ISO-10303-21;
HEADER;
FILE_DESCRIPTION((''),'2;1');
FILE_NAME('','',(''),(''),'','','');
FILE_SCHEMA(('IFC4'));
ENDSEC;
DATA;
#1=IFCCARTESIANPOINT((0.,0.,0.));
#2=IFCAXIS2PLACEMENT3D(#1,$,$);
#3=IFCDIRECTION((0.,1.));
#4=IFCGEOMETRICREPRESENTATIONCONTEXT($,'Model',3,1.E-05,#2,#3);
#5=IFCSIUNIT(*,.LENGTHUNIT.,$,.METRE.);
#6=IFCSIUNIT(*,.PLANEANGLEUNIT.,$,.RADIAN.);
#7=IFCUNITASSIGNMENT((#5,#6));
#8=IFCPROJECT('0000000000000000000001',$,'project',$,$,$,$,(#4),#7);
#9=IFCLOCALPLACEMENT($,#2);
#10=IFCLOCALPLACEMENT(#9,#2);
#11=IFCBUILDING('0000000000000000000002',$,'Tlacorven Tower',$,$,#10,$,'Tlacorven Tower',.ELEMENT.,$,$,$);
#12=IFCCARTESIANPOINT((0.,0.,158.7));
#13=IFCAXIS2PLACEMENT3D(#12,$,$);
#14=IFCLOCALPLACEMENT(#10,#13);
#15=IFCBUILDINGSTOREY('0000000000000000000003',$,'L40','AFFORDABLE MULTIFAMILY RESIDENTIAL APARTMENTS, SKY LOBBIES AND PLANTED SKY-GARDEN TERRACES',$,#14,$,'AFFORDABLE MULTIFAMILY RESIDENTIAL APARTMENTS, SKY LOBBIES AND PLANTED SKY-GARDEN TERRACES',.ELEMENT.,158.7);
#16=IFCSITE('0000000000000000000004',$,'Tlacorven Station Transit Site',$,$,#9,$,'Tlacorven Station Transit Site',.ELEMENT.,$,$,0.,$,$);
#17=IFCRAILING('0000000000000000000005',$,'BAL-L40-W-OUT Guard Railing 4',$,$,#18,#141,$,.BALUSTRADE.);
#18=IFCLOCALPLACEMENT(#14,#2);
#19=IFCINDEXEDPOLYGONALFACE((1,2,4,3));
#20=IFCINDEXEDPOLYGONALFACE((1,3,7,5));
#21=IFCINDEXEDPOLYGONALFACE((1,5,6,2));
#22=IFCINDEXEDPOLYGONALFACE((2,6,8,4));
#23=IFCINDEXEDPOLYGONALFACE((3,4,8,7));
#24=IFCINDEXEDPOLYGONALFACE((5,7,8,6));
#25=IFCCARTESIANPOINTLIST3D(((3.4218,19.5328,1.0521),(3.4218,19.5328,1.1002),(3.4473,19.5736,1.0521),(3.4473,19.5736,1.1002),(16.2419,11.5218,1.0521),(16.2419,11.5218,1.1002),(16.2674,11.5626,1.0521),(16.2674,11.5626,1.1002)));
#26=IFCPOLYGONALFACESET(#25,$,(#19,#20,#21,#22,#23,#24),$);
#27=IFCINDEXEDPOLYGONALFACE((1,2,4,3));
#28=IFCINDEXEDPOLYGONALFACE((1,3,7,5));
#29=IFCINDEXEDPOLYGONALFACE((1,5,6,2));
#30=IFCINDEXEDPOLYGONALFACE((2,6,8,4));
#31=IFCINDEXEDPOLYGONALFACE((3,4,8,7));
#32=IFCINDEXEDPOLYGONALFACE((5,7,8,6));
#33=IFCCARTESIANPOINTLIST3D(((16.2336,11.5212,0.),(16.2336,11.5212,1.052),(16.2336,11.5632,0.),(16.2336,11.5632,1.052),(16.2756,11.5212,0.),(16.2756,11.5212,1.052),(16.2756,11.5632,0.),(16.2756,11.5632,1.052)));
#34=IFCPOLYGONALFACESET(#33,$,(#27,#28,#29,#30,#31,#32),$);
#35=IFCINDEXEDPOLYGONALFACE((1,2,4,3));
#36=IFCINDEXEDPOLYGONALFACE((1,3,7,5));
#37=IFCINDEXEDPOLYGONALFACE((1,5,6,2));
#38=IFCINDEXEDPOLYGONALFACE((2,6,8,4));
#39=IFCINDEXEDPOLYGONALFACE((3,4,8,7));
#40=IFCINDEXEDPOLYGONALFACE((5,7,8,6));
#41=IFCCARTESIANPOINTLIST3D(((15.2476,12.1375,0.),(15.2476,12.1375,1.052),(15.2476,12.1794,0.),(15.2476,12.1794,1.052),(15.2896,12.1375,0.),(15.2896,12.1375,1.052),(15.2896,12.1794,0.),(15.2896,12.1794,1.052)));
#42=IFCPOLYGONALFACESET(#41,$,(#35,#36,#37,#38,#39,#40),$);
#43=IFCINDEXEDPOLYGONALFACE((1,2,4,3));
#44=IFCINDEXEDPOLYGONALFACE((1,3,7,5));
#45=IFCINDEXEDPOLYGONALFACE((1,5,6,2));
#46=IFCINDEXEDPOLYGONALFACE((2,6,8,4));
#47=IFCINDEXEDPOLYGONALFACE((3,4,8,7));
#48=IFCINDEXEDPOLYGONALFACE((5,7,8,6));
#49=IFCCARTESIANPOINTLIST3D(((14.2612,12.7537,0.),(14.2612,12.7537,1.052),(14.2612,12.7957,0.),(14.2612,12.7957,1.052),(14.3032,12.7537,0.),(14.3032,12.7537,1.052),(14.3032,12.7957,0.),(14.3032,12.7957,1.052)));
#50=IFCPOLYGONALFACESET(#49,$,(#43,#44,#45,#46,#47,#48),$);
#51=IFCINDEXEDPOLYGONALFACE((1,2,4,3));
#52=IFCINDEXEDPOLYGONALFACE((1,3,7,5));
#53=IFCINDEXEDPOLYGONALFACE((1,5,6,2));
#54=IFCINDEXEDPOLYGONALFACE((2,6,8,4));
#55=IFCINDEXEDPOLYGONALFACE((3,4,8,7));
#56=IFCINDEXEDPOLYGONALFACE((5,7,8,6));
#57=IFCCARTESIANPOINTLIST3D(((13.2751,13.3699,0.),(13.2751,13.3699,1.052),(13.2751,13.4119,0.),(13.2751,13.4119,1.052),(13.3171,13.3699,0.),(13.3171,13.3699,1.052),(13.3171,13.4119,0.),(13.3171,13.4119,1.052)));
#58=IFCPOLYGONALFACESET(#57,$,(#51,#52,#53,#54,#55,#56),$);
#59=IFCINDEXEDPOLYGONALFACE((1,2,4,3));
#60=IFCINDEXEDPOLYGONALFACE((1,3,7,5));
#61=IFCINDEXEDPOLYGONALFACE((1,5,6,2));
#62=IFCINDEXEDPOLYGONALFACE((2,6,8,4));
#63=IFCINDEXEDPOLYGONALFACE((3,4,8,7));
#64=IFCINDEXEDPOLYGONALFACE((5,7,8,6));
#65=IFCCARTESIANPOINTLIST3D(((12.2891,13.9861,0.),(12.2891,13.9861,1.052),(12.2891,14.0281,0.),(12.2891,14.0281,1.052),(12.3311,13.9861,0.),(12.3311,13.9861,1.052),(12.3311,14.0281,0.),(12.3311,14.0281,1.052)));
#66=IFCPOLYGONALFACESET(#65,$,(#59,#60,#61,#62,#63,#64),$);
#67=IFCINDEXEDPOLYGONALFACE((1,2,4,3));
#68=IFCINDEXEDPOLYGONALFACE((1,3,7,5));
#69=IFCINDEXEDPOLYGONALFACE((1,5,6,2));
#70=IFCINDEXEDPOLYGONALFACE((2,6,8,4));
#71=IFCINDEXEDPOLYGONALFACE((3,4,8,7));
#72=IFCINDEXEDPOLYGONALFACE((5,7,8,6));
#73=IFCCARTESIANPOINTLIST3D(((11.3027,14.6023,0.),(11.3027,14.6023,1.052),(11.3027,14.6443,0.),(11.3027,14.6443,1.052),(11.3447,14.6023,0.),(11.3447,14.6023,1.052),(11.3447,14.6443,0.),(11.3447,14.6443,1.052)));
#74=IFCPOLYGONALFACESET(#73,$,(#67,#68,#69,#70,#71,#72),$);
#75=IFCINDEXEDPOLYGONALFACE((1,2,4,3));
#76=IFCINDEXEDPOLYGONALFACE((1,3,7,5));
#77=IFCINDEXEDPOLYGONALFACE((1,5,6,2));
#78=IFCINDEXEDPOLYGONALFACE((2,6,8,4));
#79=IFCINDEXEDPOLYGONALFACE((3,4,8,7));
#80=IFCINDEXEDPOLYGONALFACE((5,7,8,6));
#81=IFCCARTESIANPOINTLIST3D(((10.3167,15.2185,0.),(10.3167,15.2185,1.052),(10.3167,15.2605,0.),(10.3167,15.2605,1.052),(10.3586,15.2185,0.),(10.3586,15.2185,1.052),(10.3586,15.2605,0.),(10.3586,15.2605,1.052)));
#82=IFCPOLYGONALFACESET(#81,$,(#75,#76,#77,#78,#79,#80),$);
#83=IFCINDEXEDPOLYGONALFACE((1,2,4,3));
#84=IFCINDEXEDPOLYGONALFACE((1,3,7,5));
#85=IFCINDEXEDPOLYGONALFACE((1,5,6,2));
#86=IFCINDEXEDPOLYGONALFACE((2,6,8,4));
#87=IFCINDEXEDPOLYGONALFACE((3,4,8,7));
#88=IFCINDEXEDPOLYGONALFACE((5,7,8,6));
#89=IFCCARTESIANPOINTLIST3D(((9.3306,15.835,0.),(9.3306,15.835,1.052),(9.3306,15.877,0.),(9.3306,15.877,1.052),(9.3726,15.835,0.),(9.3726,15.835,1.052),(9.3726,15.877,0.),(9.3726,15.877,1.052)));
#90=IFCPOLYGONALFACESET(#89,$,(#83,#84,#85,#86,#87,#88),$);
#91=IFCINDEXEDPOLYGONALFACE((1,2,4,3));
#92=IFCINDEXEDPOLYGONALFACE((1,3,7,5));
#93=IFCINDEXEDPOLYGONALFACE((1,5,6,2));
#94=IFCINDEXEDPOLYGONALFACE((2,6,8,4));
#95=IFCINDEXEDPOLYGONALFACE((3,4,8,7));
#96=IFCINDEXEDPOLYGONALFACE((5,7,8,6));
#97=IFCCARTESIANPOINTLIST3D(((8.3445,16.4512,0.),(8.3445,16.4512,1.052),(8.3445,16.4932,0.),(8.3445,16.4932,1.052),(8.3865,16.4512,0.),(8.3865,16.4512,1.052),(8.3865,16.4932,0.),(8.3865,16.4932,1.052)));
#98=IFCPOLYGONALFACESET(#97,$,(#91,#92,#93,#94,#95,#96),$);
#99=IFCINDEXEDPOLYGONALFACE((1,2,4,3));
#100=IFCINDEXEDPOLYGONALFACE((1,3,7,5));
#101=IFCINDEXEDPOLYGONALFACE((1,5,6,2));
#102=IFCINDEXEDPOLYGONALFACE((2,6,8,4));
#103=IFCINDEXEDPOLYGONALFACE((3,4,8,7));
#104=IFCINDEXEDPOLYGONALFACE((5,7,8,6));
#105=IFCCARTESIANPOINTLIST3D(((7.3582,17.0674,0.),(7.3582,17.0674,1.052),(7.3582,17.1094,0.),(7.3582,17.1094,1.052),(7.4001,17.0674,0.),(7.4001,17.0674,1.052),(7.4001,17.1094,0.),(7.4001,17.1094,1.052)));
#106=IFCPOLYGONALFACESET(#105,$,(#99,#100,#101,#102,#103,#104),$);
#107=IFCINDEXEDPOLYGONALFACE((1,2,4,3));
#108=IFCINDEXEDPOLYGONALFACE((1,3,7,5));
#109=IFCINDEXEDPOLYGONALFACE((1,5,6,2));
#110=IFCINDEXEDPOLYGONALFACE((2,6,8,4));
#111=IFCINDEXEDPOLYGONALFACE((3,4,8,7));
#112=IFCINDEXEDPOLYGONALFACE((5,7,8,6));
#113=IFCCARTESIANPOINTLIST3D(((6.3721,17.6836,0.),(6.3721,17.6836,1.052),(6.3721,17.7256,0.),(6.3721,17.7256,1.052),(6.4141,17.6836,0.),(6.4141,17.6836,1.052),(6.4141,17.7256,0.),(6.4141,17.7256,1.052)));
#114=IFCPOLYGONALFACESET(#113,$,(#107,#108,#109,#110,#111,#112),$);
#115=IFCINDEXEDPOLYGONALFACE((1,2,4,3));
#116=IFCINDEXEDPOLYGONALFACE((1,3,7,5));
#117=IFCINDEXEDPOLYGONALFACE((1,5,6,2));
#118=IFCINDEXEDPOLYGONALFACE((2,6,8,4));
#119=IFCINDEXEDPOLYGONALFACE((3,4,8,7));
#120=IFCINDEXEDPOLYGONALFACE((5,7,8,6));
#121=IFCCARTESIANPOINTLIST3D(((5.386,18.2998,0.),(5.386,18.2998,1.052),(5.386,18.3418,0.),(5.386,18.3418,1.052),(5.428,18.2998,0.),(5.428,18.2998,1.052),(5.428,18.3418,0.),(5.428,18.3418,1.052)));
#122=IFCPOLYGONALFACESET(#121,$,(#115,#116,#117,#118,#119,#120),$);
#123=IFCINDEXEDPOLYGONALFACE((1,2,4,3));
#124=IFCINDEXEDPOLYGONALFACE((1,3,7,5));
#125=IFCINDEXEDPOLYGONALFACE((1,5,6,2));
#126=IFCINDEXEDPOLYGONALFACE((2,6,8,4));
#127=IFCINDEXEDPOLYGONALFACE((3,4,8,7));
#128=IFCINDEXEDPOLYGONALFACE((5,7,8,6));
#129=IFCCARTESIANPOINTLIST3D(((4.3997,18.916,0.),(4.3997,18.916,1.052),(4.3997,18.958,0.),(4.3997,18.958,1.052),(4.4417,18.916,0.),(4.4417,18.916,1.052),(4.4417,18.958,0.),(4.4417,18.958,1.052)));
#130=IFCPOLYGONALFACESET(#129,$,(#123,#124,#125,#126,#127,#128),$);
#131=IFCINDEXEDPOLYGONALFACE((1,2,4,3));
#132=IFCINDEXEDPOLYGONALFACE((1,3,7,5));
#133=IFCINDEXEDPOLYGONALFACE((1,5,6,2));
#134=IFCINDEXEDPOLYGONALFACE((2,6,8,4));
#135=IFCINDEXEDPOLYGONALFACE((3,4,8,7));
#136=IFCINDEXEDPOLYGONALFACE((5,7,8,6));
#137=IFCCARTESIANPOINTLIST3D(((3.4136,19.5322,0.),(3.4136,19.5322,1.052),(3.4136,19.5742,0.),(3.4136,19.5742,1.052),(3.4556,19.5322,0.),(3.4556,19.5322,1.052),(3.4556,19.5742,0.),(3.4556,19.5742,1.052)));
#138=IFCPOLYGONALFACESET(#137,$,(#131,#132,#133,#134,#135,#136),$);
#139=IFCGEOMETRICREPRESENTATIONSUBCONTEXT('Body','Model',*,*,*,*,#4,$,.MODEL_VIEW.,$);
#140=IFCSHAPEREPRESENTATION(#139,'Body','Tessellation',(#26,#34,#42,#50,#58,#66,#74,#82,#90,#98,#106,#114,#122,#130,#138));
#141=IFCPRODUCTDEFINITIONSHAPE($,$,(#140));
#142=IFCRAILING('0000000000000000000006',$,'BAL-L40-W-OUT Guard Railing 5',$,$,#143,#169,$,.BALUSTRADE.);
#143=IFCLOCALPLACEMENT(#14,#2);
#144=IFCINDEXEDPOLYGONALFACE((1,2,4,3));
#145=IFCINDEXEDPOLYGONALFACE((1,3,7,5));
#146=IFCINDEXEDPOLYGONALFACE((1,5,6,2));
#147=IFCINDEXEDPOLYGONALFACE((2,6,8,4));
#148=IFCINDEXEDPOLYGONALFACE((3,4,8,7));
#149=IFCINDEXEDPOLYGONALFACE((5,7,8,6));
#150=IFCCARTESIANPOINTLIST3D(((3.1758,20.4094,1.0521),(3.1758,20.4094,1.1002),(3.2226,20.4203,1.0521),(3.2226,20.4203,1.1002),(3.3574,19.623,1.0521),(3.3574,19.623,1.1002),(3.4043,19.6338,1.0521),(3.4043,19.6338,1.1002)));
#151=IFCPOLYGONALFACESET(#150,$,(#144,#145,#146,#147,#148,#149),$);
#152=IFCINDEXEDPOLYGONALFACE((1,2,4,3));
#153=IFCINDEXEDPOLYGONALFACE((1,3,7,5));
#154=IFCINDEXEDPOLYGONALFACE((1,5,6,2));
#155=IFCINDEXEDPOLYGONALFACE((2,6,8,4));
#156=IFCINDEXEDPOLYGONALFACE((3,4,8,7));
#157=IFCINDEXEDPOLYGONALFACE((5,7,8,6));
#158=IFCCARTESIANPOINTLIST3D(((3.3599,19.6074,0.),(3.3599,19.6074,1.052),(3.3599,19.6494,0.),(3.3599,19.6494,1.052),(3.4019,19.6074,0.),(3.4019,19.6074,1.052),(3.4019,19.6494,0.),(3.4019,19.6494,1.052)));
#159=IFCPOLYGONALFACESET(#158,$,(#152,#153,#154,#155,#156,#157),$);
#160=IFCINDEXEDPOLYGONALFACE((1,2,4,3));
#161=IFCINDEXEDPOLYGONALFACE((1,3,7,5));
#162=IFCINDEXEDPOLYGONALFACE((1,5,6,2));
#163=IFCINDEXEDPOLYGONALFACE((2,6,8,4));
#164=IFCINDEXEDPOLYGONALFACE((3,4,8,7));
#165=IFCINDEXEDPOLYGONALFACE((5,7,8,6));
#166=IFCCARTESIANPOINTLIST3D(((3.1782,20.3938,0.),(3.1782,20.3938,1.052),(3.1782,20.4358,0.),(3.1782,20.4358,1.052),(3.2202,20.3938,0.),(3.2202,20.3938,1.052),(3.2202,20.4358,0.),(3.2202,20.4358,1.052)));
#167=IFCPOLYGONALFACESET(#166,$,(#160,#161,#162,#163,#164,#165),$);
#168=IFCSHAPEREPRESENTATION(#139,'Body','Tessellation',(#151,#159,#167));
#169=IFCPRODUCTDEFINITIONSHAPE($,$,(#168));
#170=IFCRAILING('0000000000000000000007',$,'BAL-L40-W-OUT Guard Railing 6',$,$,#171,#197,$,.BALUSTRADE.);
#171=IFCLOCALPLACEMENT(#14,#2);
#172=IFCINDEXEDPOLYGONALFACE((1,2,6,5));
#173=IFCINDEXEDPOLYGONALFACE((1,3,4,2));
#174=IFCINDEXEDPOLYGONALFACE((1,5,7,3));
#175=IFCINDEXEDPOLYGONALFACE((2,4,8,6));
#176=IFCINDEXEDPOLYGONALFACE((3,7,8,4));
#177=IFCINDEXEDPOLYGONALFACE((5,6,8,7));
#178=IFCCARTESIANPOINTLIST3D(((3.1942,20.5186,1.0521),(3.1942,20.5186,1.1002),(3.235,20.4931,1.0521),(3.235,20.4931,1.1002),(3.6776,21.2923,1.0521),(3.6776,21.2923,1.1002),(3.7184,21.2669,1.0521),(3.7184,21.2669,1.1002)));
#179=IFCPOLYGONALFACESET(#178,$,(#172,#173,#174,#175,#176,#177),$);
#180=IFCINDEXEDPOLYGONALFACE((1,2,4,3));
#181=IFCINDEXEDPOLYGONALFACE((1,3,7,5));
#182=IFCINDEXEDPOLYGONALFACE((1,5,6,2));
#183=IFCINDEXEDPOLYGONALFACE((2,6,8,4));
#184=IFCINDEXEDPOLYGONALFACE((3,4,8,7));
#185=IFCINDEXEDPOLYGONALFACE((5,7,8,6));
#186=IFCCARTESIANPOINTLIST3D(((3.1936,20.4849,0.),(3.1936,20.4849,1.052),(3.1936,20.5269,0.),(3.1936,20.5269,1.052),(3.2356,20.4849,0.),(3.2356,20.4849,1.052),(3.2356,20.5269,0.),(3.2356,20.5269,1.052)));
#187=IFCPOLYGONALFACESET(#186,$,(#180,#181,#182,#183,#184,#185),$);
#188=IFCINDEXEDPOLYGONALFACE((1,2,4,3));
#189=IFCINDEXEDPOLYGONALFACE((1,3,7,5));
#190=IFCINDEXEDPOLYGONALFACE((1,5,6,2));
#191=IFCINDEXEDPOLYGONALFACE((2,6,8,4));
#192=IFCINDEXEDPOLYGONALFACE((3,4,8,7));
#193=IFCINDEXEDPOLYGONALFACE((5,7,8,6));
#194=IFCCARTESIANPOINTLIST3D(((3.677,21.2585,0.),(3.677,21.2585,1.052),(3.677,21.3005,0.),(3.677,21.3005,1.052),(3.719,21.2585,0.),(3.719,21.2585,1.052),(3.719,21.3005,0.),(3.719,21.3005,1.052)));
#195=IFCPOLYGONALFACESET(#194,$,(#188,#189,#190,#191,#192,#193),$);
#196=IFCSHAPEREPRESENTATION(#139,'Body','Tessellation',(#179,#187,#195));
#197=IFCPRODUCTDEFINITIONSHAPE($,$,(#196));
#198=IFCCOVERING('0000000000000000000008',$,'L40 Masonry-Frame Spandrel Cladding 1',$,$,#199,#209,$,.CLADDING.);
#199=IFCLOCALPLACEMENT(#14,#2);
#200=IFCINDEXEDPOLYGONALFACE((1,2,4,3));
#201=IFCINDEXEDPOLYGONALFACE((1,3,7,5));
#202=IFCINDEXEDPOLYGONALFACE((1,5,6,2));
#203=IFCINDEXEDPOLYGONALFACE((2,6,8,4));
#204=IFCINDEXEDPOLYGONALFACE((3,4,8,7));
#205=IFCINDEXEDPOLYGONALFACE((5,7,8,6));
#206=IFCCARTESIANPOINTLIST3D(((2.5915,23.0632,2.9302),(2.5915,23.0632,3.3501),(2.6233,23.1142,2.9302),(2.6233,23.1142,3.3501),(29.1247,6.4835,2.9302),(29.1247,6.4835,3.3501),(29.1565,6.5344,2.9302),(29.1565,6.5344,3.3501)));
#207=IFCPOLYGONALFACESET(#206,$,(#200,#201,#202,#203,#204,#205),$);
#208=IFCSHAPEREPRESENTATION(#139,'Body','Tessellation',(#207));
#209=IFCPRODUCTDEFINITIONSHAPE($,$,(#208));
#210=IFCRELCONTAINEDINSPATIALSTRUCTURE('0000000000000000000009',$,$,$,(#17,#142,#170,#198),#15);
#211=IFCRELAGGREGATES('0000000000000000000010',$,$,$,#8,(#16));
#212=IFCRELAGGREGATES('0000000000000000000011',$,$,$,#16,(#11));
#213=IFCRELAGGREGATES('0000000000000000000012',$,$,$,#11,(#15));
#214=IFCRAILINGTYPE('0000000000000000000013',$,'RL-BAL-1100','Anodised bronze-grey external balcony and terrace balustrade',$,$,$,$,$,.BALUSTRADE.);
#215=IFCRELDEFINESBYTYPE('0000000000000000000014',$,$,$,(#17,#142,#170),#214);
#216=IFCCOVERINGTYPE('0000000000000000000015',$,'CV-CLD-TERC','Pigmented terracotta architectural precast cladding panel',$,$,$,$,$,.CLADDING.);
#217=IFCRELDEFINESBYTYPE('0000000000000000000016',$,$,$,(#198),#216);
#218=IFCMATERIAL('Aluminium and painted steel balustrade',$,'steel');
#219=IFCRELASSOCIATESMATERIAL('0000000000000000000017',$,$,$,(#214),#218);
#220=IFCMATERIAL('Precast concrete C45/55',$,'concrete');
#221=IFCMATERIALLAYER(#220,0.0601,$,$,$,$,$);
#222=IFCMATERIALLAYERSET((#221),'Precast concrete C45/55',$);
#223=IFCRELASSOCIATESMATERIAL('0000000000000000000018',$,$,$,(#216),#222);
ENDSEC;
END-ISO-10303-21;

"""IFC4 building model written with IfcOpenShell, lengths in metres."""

from ifc_helpers import new_model, si_unit, direction, frame, origin, origin_2d, place, context, subcontext, project, spatial, rectangle, extrude, source, transform, mapped, material, layer, layer_set, type_object, element, save


model = new_model("IFC4")

# Units and contexts
model_context = context("Model", 3, precision=1e-05, world=origin(), true_north=direction((0.0, 1.0)))
body_context = subcontext(model_context, "Body", "Model", "MODEL_VIEW")
ifc_project = project(units=[si_unit("LENGTHUNIT", "METRE"), si_unit("PLANEANGLEUNIT", "RADIAN")], contexts=[model_context])

# Site, building, storey
site_placement = place(None, origin())
site = spatial("IfcSite", under=ifc_project, at=site_placement, Name="Tlacorven Station Transit Site", LongName="Tlacorven Station Transit Site", CompositionType="ELEMENT", RefElevation=0.0)
building_placement = place(site_placement, origin())
building = spatial("IfcBuilding", under=site, at=building_placement, Name="Tlacorven Tower", LongName="Tlacorven Tower", CompositionType="ELEMENT")
storey_placement = place(building_placement, frame((0.0, 0.0, 158.7)))
storey = spatial("IfcBuildingStorey", under=building, at=storey_placement, Name="L40", Description="AFFORDABLE MULTIFAMILY RESIDENTIAL APARTMENTS, SKY LOBBIES AND PLANTED SKY-GARDEN TERRACES", LongName="AFFORDABLE MULTIFAMILY RESIDENTIAL APARTMENTS, SKY LOBBIES AND PLANTED SKY-GARDEN TERRACES", CompositionType="ELEMENT", Elevation=158.7)

# Shared definitions
ifc_material_1 = material(Name="Precast concrete C45/55", Category="concrete")

# Railings
ifc_material_2 = material(Name="Aluminium and painted steel balustrade", Category="steel")
railing_type = type_object("IfcRailingType", Name="RL-BAL-1100", Description="Anodised bronze-grey external balcony and terrace balustrade", PredefinedType="BALUSTRADE", material=ifc_material_2)
shared_shape_1 = source(origin(), body_context, "Body", "SweptSolid", [
    extrude(rectangle(XDim=0.0481, YDim=0.0481, at=origin_2d()), frame((0.0, 0.0, 1.0762), z_axis=(-0.848045, 0.529925, 0.0), x_axis=(-0.529925, -0.848045, 0.0)), (0.0, 0.0, 1.0), 15.1172),
    extrude(rectangle(XDim=0.042, YDim=0.042, at=origin_2d()), origin(), (0.0, 0.0, 1.0), 1.052),
    extrude(rectangle(XDim=0.042, YDim=0.042, at=origin_2d()), frame((-0.9861, 0.6162, 0.0)), (0.0, 0.0, 1.0), 1.052),
    extrude(rectangle(XDim=0.042, YDim=0.042, at=origin_2d()), frame((-1.9724, 1.2324, 0.0)), (0.0, 0.0, 1.0), 1.052),
    extrude(rectangle(XDim=0.042, YDim=0.042, at=origin_2d()), frame((-2.9585, 1.8486, 0.0)), (0.0, 0.0, 1.0), 1.052),
    extrude(rectangle(XDim=0.042, YDim=0.042, at=origin_2d()), frame((-3.9446, 2.4648, 0.0)), (0.0, 0.0, 1.0), 1.052),
    extrude(rectangle(XDim=0.042, YDim=0.042, at=origin_2d()), frame((-4.9309, 3.0811, 0.0)), (0.0, 0.0, 1.0), 1.052),
    extrude(rectangle(XDim=0.042, YDim=0.042, at=origin_2d()), frame((-5.917, 3.6973, 0.0)), (0.0, 0.0, 1.0), 1.052),
    extrude(rectangle(XDim=0.042, YDim=0.042, at=origin_2d()), frame((-6.9031, 4.3137, 0.0)), (0.0, 0.0, 1.0), 1.052),
    extrude(rectangle(XDim=0.042, YDim=0.042, at=origin_2d()), frame((-7.8892, 4.9299, 0.0)), (0.0, 0.0, 1.0), 1.052),
    extrude(rectangle(XDim=0.042, YDim=0.042, at=origin_2d()), frame((-8.8755, 5.5461, 0.0)), (0.0, 0.0, 1.0), 1.052),
    extrude(rectangle(XDim=0.042, YDim=0.042, at=origin_2d()), frame((-9.8616, 6.1624, 0.0)), (0.0, 0.0, 1.0), 1.052),
    extrude(rectangle(XDim=0.042, YDim=0.042, at=origin_2d()), frame((-10.8477, 6.7786, 0.0)), (0.0, 0.0, 1.0), 1.052),
    extrude(rectangle(XDim=0.042, YDim=0.042, at=origin_2d()), frame((-11.834, 7.3948, 0.0)), (0.0, 0.0, 1.0), 1.052),
    extrude(rectangle(XDim=0.042, YDim=0.042, at=origin_2d()), frame((-12.8201, 8.011, 0.0)), (0.0, 0.0, 1.0), 1.052),
])
railing_1_placement = place(storey_placement, frame((16.2546, 11.5422, 0.0)))
element("IfcRailing", 1, at=railing_1_placement, inside=storey, type_object=railing_type, Name="BAL-L40-W-OUT Guard Railing 4", PredefinedType="BALUSTRADE", context=body_context, shape_type="MappedRepresentation", body=[
    mapped(shared_shape_1, transform((0.0, 0.0, 0.0), scale=1.0)),
])
shared_shape_2 = source(origin(), body_context, "Body", "SweptSolid", [
    extrude(rectangle(XDim=0.0481, YDim=0.0481, at=origin_2d()), frame((0.0, 0.0, 1.0762), z_axis=(-0.225058, 0.974345, 0.0), x_axis=(-0.974345, -0.225058, 0.0)), (0.0, 0.0, 1.0), 0.8071),
    extrude(rectangle(XDim=0.042, YDim=0.042, at=origin_2d()), origin(), (0.0, 0.0, 1.0), 1.052),
    extrude(rectangle(XDim=0.042, YDim=0.042, at=origin_2d()), frame((-0.1816, 0.7864, 0.0)), (0.0, 0.0, 1.0), 1.052),
])
railing_2_placement = place(storey_placement, frame((3.3809, 19.6284, 0.0)))
element("IfcRailing", 2, at=railing_2_placement, inside=storey, type_object=railing_type, Name="BAL-L40-W-OUT Guard Railing 5", PredefinedType="BALUSTRADE", context=body_context, shape_type="MappedRepresentation", body=[
    mapped(shared_shape_2, transform((0.0, 0.0, 0.0), scale=1.0)),
])
shared_shape_3 = source(origin(), body_context, "Body", "SweptSolid", [
    extrude(rectangle(XDim=0.0481, YDim=0.0481, at=origin_2d()), frame((0.0, 0.0, 1.0762), z_axis=(0.529879, 0.848073, 0.0), x_axis=(-0.848073, 0.529879, 0.0)), (0.0, 0.0, 1.0), 0.9124),
    extrude(rectangle(XDim=0.042, YDim=0.042, at=origin_2d()), origin(), (0.0, 0.0, 1.0), 1.052),
    extrude(rectangle(XDim=0.042, YDim=0.042, at=origin_2d()), frame((0.4834, 0.7737, 0.0)), (0.0, 0.0, 1.0), 1.052),
])
railing_3_placement = place(storey_placement, frame((3.2146, 20.5059, 0.0)))
element("IfcRailing", 3, at=railing_3_placement, inside=storey, type_object=railing_type, Name="BAL-L40-W-OUT Guard Railing 6", PredefinedType="BALUSTRADE", context=body_context, shape_type="MappedRepresentation", body=[
    mapped(shared_shape_3, transform((0.0, 0.0, 0.0), scale=1.0)),
])

# Covering
ifc_layer_1 = layer(ifc_material_1, 0.0601)
ifc_layer_set_1 = layer_set([ifc_layer_1], Name="Precast concrete C45/55")
covering_type = type_object("IfcCoveringType", Name="CV-CLD-TERC", Description="Pigmented terracotta architectural precast cladding panel", PredefinedType="CLADDING", material=ifc_layer_set_1)
shared_shape_4 = source(origin(), body_context, "Body", "SweptSolid", [
    extrude(rectangle(XDim=31.2874, YDim=0.0601, at=origin_2d()), origin(), (0.0, 0.0, 1.0), 0.4199),
])
covering_placement = place(storey_placement, frame((15.874, 14.7988, 2.9302), z_axis=(0.0, 0.0, 1.0), x_axis=(-0.848048, 0.529919, 0.0)))
element("IfcCovering", 4, at=covering_placement, inside=storey, type_object=covering_type, Name="L40 Masonry-Frame Spandrel Cladding 1", PredefinedType="CLADDING", context=body_context, shape_type="MappedRepresentation", body=[
    mapped(shared_shape_4, transform((0.0, 0.0, 0.0), scale=1.0)),
])

save(model, "model.ifc")
